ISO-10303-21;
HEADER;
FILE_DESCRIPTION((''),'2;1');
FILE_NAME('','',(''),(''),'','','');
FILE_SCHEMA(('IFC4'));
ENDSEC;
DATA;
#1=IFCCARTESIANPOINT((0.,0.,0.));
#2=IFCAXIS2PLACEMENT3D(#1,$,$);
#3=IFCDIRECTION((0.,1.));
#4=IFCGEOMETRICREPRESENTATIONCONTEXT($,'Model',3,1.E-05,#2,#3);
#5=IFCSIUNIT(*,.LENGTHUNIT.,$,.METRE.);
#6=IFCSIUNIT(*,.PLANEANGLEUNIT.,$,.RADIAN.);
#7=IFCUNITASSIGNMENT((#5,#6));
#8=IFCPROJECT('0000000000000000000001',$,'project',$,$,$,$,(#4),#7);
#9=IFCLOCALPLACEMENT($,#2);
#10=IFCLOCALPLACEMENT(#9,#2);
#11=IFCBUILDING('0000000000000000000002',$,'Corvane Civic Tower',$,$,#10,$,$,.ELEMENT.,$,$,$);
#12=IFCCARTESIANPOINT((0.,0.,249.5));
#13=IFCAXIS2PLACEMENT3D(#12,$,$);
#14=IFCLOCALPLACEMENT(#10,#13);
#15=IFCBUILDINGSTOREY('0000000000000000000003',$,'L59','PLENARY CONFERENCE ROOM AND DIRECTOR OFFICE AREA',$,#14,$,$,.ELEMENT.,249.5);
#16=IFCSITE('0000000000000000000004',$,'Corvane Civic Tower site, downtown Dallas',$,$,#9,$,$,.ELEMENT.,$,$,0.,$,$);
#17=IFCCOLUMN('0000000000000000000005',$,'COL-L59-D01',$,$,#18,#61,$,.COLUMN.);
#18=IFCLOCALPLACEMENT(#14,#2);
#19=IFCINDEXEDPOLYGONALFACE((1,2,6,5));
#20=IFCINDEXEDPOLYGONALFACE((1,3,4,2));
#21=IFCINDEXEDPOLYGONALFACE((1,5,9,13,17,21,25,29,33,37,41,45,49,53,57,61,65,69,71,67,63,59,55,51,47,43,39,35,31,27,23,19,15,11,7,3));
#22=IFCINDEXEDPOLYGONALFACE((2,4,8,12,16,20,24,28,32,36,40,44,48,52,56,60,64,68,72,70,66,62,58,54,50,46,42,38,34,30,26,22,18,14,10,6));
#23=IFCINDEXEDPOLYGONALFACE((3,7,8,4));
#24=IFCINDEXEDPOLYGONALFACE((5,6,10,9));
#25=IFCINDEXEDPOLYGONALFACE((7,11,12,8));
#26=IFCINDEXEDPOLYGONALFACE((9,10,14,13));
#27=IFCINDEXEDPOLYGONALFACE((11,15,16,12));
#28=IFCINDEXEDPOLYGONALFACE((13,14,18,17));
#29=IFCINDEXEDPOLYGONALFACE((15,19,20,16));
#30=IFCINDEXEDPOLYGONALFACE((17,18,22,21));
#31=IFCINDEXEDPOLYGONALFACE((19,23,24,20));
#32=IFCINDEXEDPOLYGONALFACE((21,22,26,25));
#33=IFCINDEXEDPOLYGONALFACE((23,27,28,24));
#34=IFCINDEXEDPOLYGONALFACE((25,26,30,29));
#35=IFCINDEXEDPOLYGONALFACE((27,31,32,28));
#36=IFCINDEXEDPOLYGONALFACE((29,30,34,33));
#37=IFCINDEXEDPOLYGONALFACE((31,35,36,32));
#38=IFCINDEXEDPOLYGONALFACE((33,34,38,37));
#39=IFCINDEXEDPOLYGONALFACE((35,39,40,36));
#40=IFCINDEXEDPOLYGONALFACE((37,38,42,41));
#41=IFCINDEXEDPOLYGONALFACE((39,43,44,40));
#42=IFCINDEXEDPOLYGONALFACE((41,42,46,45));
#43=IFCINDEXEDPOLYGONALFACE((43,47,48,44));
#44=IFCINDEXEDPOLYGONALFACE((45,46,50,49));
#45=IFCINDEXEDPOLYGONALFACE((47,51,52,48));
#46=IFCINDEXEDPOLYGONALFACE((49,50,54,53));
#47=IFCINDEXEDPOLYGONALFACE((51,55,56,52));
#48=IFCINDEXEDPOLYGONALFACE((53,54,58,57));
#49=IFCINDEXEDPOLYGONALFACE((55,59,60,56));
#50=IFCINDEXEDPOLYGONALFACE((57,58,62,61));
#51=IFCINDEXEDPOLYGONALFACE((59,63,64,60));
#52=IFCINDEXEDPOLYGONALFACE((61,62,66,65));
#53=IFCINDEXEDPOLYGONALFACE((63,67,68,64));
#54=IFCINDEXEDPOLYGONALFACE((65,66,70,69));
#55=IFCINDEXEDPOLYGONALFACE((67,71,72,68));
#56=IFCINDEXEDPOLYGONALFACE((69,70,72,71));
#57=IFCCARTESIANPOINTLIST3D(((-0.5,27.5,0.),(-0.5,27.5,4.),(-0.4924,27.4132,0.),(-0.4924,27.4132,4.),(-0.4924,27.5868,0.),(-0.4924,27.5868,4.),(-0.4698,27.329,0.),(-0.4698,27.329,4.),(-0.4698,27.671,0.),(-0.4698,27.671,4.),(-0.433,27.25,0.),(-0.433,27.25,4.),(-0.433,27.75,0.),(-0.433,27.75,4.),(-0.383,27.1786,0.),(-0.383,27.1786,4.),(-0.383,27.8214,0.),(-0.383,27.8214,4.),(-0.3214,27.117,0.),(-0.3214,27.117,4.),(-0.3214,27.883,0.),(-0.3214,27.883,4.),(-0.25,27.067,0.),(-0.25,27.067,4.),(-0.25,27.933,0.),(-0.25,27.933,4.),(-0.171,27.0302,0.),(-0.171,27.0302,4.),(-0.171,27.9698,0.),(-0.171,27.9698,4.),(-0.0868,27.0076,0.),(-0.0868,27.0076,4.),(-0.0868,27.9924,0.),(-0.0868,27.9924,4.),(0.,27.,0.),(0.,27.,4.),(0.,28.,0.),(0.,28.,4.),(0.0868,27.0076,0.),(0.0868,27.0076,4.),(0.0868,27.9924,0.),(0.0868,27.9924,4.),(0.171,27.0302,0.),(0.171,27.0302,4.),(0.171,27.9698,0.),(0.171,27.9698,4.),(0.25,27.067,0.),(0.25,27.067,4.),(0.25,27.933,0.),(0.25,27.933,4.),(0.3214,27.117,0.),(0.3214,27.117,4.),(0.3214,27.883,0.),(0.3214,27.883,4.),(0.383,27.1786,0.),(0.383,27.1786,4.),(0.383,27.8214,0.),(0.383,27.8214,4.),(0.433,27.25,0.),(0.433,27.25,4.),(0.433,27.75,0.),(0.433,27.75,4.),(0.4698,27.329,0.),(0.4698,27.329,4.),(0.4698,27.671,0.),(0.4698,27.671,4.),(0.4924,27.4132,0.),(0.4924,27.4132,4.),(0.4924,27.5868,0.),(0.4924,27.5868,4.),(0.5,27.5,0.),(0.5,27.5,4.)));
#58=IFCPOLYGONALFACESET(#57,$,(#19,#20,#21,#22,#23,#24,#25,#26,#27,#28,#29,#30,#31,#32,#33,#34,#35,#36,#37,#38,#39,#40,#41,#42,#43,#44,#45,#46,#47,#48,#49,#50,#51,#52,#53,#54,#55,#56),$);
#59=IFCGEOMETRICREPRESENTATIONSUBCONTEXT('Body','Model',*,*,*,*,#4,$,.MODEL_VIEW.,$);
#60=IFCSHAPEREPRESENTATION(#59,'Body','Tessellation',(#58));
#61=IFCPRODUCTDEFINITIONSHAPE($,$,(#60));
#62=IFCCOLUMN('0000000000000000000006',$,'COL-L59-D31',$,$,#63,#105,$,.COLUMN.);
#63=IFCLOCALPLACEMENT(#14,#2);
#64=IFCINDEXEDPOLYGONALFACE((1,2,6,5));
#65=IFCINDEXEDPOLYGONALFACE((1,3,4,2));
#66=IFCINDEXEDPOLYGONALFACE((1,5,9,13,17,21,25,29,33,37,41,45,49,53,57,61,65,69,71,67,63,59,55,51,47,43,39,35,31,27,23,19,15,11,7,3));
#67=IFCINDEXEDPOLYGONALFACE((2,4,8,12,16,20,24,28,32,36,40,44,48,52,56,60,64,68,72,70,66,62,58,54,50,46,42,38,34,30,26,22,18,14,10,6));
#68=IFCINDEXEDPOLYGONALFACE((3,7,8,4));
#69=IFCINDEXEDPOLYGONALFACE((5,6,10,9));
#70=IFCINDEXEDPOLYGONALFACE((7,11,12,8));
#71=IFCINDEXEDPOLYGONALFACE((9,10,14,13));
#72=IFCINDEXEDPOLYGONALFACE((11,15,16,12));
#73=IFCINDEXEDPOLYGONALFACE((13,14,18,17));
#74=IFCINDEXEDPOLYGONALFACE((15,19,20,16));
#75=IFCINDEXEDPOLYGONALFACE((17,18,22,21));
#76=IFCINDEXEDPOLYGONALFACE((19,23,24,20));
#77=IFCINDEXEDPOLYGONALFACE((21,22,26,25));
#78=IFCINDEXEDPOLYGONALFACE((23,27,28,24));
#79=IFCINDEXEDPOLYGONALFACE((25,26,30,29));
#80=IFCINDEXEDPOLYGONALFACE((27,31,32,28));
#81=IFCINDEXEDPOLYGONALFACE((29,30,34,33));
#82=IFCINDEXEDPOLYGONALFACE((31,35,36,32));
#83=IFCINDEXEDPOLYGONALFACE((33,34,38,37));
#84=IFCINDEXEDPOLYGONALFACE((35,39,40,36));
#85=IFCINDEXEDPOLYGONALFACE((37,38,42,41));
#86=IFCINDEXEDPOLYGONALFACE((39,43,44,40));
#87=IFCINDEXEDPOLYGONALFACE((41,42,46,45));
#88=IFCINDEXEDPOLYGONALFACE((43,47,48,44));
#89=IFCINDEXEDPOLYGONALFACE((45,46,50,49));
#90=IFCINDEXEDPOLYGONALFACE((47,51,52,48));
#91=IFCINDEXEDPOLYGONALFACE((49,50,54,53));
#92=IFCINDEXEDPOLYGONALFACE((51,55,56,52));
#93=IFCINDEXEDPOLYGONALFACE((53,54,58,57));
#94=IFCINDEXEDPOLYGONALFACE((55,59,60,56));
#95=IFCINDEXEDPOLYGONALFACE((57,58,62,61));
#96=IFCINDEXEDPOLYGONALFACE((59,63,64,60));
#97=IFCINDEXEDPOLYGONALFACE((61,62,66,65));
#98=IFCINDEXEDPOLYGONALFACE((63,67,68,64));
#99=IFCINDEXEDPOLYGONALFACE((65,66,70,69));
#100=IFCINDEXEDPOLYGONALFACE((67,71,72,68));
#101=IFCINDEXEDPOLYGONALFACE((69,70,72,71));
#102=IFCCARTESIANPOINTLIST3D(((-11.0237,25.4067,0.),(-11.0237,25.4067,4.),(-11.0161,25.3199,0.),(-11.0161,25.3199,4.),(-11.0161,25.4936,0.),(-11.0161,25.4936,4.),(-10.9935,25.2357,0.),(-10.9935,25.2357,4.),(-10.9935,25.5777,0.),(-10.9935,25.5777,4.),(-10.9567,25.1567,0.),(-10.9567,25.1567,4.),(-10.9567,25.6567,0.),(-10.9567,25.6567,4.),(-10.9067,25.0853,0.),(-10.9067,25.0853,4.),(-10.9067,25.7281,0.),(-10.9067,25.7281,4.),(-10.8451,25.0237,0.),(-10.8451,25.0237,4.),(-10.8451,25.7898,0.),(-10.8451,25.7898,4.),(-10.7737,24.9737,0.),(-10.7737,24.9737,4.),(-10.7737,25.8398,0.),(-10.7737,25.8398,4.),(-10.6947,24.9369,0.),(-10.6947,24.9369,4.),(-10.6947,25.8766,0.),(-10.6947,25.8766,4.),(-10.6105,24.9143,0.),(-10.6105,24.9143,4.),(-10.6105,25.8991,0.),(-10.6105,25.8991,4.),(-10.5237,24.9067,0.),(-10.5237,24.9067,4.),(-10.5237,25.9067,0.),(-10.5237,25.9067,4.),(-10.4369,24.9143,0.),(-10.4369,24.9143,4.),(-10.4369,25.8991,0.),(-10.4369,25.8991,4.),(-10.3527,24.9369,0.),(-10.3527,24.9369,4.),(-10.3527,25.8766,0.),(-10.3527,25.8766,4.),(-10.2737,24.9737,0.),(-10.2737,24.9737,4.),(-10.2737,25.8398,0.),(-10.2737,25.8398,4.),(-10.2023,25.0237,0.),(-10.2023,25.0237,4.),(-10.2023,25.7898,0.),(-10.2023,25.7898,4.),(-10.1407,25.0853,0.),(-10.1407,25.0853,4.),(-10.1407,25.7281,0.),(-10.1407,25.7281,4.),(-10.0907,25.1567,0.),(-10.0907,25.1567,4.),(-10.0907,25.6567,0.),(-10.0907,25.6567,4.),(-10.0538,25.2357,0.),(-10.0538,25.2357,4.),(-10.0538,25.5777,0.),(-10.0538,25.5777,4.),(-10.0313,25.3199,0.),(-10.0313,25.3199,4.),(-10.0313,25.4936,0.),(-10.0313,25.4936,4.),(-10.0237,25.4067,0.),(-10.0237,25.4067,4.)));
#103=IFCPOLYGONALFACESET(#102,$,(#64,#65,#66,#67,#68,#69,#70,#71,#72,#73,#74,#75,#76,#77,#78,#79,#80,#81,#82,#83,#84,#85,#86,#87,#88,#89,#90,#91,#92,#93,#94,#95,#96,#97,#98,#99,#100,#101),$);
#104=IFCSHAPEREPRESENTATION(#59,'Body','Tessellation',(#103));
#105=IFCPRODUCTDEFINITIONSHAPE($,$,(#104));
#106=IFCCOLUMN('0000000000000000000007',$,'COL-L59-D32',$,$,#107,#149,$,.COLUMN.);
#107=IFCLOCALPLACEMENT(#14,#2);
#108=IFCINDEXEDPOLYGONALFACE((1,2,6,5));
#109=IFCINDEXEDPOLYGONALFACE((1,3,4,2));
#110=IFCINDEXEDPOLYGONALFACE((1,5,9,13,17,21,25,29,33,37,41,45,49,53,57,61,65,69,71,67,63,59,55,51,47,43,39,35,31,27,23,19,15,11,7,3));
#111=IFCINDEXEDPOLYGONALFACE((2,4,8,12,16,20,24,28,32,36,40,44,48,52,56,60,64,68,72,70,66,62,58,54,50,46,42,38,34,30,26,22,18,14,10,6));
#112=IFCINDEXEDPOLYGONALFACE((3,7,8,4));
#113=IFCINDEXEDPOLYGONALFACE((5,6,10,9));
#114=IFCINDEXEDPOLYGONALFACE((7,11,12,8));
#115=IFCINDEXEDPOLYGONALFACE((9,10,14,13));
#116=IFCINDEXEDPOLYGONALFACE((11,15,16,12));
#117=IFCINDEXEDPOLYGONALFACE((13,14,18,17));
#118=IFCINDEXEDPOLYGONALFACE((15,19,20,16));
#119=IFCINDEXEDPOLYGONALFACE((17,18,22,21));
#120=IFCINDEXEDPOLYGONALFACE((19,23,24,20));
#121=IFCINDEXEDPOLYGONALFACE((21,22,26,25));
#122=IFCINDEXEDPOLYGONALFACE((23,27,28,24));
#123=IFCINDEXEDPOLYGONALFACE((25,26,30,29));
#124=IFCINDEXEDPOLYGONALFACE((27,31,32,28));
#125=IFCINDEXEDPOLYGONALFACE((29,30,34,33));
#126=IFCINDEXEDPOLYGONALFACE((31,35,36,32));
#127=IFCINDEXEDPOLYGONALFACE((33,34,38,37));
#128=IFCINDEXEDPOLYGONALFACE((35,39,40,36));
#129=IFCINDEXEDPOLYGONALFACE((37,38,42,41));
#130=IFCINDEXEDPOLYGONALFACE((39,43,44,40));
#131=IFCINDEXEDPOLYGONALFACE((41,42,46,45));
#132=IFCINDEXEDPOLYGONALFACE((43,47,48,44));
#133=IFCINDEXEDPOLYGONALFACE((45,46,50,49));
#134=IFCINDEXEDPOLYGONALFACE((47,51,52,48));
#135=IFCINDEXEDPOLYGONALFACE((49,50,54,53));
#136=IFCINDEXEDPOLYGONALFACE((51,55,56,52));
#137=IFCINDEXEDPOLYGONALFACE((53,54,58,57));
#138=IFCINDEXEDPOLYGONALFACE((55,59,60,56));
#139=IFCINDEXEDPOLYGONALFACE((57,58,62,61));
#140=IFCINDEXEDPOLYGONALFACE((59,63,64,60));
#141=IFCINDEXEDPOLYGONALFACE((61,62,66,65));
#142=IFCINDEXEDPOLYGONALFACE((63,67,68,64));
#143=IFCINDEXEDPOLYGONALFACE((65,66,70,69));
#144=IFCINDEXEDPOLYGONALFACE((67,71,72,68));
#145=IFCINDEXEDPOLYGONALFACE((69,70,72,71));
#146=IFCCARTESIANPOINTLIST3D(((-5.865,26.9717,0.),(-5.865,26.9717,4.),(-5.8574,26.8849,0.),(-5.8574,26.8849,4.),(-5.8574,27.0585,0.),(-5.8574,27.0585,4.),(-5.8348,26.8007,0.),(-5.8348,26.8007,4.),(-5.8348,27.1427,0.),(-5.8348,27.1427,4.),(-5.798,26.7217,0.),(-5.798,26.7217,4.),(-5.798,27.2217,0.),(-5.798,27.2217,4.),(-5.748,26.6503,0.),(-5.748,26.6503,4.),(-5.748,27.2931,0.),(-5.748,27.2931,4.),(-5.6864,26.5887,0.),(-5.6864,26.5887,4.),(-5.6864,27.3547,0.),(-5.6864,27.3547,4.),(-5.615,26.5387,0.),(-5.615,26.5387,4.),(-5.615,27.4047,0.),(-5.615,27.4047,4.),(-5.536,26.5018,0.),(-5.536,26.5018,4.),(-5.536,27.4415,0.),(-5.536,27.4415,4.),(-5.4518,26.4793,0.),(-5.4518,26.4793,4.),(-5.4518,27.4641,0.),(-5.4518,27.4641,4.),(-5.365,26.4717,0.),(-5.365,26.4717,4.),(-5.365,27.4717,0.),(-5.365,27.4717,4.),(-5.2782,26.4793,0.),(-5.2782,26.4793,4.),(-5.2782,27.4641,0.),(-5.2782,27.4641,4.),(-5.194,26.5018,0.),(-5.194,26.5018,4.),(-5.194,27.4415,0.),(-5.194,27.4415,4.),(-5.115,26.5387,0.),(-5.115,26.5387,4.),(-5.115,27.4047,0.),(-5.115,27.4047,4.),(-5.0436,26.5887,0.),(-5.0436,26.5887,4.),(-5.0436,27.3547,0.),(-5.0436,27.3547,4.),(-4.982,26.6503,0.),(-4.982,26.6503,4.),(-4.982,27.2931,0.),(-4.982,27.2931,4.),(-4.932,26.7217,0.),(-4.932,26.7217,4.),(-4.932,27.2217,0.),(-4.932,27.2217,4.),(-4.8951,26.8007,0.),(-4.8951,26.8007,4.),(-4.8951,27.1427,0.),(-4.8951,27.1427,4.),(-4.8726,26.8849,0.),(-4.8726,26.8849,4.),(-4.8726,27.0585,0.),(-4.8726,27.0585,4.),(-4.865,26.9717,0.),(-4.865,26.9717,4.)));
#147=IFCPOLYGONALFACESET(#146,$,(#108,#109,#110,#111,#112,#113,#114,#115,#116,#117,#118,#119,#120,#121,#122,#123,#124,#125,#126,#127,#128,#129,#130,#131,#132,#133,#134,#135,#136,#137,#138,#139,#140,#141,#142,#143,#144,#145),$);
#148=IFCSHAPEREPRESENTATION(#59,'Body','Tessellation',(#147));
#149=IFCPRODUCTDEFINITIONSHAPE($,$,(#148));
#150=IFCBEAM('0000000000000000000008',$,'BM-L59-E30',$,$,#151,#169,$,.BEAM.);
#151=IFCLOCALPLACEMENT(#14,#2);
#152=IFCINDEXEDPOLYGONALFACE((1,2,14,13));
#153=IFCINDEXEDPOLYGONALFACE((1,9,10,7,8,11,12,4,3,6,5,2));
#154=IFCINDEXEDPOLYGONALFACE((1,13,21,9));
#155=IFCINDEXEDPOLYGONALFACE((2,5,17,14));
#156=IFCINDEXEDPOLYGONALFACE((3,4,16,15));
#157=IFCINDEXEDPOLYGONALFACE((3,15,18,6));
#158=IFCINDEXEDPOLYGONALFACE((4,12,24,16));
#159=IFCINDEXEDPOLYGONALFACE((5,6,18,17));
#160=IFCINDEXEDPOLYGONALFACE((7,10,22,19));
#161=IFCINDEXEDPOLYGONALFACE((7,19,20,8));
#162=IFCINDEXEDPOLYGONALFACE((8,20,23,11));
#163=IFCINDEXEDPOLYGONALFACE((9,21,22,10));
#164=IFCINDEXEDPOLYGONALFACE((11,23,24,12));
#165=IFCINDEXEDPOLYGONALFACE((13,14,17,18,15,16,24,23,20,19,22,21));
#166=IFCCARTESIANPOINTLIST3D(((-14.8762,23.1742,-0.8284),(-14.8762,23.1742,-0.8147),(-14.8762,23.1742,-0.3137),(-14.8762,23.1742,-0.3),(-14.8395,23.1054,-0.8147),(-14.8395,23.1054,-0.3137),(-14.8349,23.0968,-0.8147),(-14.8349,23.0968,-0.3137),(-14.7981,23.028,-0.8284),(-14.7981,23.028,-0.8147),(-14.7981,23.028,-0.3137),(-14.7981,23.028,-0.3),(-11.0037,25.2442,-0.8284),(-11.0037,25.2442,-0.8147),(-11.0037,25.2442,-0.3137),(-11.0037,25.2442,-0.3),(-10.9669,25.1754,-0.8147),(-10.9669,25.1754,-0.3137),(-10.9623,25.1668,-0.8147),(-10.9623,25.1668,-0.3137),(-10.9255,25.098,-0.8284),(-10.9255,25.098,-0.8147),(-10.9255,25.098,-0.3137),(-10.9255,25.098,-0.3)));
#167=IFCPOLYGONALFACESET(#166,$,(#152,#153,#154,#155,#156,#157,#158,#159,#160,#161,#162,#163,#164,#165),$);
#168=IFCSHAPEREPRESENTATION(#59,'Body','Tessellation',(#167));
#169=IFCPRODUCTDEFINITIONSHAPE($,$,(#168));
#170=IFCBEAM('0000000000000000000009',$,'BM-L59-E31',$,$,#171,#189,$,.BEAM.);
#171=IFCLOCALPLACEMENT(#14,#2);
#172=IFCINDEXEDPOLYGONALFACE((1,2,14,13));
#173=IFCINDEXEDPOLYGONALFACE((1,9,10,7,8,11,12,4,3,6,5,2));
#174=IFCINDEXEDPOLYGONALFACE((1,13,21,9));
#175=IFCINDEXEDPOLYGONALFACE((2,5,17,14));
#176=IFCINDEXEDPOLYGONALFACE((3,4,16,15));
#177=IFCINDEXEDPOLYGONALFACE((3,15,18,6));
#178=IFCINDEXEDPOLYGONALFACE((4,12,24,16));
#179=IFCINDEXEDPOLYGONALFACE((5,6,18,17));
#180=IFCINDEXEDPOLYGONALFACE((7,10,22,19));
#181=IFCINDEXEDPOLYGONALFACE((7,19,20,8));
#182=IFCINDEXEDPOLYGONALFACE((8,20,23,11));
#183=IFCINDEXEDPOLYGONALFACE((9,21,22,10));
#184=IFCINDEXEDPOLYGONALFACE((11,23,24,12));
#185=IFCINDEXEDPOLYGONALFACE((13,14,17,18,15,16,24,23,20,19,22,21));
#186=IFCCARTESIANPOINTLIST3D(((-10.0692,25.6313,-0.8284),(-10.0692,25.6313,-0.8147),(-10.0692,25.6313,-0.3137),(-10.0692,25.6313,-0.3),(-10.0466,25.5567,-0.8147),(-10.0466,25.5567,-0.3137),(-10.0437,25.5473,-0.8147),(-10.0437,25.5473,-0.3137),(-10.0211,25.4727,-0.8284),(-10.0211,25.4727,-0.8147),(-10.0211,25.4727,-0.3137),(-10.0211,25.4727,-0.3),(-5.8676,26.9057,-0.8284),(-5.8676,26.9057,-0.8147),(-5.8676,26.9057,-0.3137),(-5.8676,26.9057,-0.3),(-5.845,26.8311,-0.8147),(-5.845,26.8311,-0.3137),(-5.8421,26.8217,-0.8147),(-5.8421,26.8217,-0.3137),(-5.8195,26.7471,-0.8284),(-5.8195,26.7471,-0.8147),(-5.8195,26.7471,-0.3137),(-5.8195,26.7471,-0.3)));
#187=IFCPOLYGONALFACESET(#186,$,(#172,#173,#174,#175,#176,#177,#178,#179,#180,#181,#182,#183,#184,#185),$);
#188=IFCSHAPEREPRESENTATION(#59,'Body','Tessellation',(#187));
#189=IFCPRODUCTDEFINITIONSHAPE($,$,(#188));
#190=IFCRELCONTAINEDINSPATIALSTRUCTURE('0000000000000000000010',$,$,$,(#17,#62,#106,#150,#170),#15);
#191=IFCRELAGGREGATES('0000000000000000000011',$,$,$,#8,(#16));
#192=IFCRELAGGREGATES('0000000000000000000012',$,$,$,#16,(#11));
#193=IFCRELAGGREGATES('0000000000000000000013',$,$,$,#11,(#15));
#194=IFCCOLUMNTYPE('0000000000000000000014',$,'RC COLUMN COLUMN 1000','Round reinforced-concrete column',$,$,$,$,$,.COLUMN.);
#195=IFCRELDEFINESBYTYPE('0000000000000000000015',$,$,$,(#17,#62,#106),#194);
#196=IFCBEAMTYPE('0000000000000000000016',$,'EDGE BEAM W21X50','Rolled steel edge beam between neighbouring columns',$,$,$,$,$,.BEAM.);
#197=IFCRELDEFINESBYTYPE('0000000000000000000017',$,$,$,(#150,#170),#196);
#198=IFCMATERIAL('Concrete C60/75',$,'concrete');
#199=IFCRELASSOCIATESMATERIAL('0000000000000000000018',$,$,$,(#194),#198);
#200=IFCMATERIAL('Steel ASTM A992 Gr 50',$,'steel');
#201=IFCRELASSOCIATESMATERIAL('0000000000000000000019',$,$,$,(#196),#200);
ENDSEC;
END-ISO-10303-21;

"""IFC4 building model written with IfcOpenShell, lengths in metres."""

from ifc_helpers import new_model, si_unit, direction, frame, origin, origin_2d, place, context, subcontext, project, spatial, circle, i_section, extrude, material, material_profile, profile_set, type_object, element, save


model = new_model("IFC4")

# Units and contexts
model_context = context("Model", 3, precision=1e-05, world=origin(), true_north=direction((0.0, 1.0)))
body_context = subcontext(model_context, "Body", "Model", "MODEL_VIEW")
ifc_project = project(units=[si_unit("LENGTHUNIT", "METRE"), si_unit("PLANEANGLEUNIT", "RADIAN")], contexts=[model_context])

# Site, building, storey
site_placement = place(None, origin())
site = spatial("IfcSite", under=ifc_project, at=site_placement, Name="Corvane Civic Tower site, downtown Dallas", CompositionType="ELEMENT", RefElevation=0.0)
building_placement = place(site_placement, origin())
building = spatial("IfcBuilding", under=site, at=building_placement, Name="Corvane Civic Tower", CompositionType="ELEMENT")
storey_placement = place(building_placement, frame((0.0, 0.0, 249.5)))
storey = spatial("IfcBuildingStorey", under=building, at=storey_placement, Name="L59", Description="PLENARY CONFERENCE ROOM AND DIRECTOR OFFICE AREA", CompositionType="ELEMENT", Elevation=249.5)

# Columns
ifc_material_1 = material(Name="Concrete C60/75", Category="concrete")
ifc_material_profile_1 = material_profile(ifc_material_1, circle(Radius=0.5, at=origin_2d()), Name="COLUMN 1000")
ifc_profile_set_1 = profile_set([ifc_material_profile_1], Name="Concrete C60/75")
column_type = type_object("IfcColumnType", Name="RC COLUMN COLUMN 1000", Description="Round reinforced-concrete column", PredefinedType="COLUMN", material=ifc_profile_set_1)
for number, where, z_axis, x_axis, name in (
    (1, (0.0, 27.5, 0.0), (0.0, 0.0, 1.0), (1.0, 0.0, 0.0), "COL-L59-D01"),
    (2, (-10.5237, 25.4067, 0.0), (0.0, 0.0, 1.0), (1.0, 0.0, 0.0), "COL-L59-D31"),
    (3, (-5.365, 26.9717, 0.0), (0.0, 0.0, 1.0), (1.0, 0.0, 0.0), "COL-L59-D32"),
):
    element("IfcColumn", number, at=place(storey_placement, frame(where, z_axis=z_axis, x_axis=x_axis)), inside=storey, type_object=column_type, Name=name, PredefinedType="COLUMN", context=body_context, shape_type="SweptSolid", body=[
        extrude(circle(Radius=0.5, at=origin_2d()), origin(), (0.0, 0.0, 1.0), 4.0),
    ])

# Beams
ifc_material_2 = material(Name="Steel ASTM A992 Gr 50", Category="steel")
ifc_material_profile_2 = material_profile(ifc_material_2, i_section(OverallWidth=0.1658, OverallDepth=0.5283, WebThickness=0.0098, FlangeThickness=0.0137, at=origin_2d()), Name="W21X50")
ifc_profile_set_2 = profile_set([ifc_material_profile_2], Name="Steel ASTM A992 Gr 50")
beam_type_1 = type_object("IfcBeamType", Name="EDGE BEAM W21X50", Description="Rolled steel edge beam between neighbouring columns", PredefinedType="BEAM", material=ifc_profile_set_2)
beam_1_placement = place(storey_placement, frame((-14.8372, 23.1011, -0.5642), z_axis=(0.881908, 0.471422, 0.0), x_axis=(-0.471422, 0.881908, 0.0)))
element("IfcBeam", 4, at=beam_1_placement, inside=storey, type_object=beam_type_1, Name="BM-L59-E30", PredefinedType="BEAM", context=body_context, shape_type="SweptSolid", body=[
    extrude(i_section(OverallWidth=0.1658, OverallDepth=0.5283, WebThickness=0.0098, FlangeThickness=0.0137, at=origin_2d()), origin(), (0.0, 0.0, 1.0), 4.3911),
])
beam_2_placement = place(storey_placement, frame((-10.0452, 25.552, -0.5642), z_axis=(0.95695, 0.290254, 0.0), x_axis=(-0.290254, 0.95695, 0.0)))
element("IfcBeam", 5, at=beam_2_placement, inside=storey, type_object=beam_type_1, Name="BM-L59-E31", PredefinedType="BEAM", context=body_context, shape_type="SweptSolid", body=[
    extrude(i_section(OverallWidth=0.1658, OverallDepth=0.5283, WebThickness=0.0098, FlangeThickness=0.0137, at=origin_2d()), origin(), (0.0, 0.0, 1.0), 4.3906),
])

save(model, "model.ifc")
